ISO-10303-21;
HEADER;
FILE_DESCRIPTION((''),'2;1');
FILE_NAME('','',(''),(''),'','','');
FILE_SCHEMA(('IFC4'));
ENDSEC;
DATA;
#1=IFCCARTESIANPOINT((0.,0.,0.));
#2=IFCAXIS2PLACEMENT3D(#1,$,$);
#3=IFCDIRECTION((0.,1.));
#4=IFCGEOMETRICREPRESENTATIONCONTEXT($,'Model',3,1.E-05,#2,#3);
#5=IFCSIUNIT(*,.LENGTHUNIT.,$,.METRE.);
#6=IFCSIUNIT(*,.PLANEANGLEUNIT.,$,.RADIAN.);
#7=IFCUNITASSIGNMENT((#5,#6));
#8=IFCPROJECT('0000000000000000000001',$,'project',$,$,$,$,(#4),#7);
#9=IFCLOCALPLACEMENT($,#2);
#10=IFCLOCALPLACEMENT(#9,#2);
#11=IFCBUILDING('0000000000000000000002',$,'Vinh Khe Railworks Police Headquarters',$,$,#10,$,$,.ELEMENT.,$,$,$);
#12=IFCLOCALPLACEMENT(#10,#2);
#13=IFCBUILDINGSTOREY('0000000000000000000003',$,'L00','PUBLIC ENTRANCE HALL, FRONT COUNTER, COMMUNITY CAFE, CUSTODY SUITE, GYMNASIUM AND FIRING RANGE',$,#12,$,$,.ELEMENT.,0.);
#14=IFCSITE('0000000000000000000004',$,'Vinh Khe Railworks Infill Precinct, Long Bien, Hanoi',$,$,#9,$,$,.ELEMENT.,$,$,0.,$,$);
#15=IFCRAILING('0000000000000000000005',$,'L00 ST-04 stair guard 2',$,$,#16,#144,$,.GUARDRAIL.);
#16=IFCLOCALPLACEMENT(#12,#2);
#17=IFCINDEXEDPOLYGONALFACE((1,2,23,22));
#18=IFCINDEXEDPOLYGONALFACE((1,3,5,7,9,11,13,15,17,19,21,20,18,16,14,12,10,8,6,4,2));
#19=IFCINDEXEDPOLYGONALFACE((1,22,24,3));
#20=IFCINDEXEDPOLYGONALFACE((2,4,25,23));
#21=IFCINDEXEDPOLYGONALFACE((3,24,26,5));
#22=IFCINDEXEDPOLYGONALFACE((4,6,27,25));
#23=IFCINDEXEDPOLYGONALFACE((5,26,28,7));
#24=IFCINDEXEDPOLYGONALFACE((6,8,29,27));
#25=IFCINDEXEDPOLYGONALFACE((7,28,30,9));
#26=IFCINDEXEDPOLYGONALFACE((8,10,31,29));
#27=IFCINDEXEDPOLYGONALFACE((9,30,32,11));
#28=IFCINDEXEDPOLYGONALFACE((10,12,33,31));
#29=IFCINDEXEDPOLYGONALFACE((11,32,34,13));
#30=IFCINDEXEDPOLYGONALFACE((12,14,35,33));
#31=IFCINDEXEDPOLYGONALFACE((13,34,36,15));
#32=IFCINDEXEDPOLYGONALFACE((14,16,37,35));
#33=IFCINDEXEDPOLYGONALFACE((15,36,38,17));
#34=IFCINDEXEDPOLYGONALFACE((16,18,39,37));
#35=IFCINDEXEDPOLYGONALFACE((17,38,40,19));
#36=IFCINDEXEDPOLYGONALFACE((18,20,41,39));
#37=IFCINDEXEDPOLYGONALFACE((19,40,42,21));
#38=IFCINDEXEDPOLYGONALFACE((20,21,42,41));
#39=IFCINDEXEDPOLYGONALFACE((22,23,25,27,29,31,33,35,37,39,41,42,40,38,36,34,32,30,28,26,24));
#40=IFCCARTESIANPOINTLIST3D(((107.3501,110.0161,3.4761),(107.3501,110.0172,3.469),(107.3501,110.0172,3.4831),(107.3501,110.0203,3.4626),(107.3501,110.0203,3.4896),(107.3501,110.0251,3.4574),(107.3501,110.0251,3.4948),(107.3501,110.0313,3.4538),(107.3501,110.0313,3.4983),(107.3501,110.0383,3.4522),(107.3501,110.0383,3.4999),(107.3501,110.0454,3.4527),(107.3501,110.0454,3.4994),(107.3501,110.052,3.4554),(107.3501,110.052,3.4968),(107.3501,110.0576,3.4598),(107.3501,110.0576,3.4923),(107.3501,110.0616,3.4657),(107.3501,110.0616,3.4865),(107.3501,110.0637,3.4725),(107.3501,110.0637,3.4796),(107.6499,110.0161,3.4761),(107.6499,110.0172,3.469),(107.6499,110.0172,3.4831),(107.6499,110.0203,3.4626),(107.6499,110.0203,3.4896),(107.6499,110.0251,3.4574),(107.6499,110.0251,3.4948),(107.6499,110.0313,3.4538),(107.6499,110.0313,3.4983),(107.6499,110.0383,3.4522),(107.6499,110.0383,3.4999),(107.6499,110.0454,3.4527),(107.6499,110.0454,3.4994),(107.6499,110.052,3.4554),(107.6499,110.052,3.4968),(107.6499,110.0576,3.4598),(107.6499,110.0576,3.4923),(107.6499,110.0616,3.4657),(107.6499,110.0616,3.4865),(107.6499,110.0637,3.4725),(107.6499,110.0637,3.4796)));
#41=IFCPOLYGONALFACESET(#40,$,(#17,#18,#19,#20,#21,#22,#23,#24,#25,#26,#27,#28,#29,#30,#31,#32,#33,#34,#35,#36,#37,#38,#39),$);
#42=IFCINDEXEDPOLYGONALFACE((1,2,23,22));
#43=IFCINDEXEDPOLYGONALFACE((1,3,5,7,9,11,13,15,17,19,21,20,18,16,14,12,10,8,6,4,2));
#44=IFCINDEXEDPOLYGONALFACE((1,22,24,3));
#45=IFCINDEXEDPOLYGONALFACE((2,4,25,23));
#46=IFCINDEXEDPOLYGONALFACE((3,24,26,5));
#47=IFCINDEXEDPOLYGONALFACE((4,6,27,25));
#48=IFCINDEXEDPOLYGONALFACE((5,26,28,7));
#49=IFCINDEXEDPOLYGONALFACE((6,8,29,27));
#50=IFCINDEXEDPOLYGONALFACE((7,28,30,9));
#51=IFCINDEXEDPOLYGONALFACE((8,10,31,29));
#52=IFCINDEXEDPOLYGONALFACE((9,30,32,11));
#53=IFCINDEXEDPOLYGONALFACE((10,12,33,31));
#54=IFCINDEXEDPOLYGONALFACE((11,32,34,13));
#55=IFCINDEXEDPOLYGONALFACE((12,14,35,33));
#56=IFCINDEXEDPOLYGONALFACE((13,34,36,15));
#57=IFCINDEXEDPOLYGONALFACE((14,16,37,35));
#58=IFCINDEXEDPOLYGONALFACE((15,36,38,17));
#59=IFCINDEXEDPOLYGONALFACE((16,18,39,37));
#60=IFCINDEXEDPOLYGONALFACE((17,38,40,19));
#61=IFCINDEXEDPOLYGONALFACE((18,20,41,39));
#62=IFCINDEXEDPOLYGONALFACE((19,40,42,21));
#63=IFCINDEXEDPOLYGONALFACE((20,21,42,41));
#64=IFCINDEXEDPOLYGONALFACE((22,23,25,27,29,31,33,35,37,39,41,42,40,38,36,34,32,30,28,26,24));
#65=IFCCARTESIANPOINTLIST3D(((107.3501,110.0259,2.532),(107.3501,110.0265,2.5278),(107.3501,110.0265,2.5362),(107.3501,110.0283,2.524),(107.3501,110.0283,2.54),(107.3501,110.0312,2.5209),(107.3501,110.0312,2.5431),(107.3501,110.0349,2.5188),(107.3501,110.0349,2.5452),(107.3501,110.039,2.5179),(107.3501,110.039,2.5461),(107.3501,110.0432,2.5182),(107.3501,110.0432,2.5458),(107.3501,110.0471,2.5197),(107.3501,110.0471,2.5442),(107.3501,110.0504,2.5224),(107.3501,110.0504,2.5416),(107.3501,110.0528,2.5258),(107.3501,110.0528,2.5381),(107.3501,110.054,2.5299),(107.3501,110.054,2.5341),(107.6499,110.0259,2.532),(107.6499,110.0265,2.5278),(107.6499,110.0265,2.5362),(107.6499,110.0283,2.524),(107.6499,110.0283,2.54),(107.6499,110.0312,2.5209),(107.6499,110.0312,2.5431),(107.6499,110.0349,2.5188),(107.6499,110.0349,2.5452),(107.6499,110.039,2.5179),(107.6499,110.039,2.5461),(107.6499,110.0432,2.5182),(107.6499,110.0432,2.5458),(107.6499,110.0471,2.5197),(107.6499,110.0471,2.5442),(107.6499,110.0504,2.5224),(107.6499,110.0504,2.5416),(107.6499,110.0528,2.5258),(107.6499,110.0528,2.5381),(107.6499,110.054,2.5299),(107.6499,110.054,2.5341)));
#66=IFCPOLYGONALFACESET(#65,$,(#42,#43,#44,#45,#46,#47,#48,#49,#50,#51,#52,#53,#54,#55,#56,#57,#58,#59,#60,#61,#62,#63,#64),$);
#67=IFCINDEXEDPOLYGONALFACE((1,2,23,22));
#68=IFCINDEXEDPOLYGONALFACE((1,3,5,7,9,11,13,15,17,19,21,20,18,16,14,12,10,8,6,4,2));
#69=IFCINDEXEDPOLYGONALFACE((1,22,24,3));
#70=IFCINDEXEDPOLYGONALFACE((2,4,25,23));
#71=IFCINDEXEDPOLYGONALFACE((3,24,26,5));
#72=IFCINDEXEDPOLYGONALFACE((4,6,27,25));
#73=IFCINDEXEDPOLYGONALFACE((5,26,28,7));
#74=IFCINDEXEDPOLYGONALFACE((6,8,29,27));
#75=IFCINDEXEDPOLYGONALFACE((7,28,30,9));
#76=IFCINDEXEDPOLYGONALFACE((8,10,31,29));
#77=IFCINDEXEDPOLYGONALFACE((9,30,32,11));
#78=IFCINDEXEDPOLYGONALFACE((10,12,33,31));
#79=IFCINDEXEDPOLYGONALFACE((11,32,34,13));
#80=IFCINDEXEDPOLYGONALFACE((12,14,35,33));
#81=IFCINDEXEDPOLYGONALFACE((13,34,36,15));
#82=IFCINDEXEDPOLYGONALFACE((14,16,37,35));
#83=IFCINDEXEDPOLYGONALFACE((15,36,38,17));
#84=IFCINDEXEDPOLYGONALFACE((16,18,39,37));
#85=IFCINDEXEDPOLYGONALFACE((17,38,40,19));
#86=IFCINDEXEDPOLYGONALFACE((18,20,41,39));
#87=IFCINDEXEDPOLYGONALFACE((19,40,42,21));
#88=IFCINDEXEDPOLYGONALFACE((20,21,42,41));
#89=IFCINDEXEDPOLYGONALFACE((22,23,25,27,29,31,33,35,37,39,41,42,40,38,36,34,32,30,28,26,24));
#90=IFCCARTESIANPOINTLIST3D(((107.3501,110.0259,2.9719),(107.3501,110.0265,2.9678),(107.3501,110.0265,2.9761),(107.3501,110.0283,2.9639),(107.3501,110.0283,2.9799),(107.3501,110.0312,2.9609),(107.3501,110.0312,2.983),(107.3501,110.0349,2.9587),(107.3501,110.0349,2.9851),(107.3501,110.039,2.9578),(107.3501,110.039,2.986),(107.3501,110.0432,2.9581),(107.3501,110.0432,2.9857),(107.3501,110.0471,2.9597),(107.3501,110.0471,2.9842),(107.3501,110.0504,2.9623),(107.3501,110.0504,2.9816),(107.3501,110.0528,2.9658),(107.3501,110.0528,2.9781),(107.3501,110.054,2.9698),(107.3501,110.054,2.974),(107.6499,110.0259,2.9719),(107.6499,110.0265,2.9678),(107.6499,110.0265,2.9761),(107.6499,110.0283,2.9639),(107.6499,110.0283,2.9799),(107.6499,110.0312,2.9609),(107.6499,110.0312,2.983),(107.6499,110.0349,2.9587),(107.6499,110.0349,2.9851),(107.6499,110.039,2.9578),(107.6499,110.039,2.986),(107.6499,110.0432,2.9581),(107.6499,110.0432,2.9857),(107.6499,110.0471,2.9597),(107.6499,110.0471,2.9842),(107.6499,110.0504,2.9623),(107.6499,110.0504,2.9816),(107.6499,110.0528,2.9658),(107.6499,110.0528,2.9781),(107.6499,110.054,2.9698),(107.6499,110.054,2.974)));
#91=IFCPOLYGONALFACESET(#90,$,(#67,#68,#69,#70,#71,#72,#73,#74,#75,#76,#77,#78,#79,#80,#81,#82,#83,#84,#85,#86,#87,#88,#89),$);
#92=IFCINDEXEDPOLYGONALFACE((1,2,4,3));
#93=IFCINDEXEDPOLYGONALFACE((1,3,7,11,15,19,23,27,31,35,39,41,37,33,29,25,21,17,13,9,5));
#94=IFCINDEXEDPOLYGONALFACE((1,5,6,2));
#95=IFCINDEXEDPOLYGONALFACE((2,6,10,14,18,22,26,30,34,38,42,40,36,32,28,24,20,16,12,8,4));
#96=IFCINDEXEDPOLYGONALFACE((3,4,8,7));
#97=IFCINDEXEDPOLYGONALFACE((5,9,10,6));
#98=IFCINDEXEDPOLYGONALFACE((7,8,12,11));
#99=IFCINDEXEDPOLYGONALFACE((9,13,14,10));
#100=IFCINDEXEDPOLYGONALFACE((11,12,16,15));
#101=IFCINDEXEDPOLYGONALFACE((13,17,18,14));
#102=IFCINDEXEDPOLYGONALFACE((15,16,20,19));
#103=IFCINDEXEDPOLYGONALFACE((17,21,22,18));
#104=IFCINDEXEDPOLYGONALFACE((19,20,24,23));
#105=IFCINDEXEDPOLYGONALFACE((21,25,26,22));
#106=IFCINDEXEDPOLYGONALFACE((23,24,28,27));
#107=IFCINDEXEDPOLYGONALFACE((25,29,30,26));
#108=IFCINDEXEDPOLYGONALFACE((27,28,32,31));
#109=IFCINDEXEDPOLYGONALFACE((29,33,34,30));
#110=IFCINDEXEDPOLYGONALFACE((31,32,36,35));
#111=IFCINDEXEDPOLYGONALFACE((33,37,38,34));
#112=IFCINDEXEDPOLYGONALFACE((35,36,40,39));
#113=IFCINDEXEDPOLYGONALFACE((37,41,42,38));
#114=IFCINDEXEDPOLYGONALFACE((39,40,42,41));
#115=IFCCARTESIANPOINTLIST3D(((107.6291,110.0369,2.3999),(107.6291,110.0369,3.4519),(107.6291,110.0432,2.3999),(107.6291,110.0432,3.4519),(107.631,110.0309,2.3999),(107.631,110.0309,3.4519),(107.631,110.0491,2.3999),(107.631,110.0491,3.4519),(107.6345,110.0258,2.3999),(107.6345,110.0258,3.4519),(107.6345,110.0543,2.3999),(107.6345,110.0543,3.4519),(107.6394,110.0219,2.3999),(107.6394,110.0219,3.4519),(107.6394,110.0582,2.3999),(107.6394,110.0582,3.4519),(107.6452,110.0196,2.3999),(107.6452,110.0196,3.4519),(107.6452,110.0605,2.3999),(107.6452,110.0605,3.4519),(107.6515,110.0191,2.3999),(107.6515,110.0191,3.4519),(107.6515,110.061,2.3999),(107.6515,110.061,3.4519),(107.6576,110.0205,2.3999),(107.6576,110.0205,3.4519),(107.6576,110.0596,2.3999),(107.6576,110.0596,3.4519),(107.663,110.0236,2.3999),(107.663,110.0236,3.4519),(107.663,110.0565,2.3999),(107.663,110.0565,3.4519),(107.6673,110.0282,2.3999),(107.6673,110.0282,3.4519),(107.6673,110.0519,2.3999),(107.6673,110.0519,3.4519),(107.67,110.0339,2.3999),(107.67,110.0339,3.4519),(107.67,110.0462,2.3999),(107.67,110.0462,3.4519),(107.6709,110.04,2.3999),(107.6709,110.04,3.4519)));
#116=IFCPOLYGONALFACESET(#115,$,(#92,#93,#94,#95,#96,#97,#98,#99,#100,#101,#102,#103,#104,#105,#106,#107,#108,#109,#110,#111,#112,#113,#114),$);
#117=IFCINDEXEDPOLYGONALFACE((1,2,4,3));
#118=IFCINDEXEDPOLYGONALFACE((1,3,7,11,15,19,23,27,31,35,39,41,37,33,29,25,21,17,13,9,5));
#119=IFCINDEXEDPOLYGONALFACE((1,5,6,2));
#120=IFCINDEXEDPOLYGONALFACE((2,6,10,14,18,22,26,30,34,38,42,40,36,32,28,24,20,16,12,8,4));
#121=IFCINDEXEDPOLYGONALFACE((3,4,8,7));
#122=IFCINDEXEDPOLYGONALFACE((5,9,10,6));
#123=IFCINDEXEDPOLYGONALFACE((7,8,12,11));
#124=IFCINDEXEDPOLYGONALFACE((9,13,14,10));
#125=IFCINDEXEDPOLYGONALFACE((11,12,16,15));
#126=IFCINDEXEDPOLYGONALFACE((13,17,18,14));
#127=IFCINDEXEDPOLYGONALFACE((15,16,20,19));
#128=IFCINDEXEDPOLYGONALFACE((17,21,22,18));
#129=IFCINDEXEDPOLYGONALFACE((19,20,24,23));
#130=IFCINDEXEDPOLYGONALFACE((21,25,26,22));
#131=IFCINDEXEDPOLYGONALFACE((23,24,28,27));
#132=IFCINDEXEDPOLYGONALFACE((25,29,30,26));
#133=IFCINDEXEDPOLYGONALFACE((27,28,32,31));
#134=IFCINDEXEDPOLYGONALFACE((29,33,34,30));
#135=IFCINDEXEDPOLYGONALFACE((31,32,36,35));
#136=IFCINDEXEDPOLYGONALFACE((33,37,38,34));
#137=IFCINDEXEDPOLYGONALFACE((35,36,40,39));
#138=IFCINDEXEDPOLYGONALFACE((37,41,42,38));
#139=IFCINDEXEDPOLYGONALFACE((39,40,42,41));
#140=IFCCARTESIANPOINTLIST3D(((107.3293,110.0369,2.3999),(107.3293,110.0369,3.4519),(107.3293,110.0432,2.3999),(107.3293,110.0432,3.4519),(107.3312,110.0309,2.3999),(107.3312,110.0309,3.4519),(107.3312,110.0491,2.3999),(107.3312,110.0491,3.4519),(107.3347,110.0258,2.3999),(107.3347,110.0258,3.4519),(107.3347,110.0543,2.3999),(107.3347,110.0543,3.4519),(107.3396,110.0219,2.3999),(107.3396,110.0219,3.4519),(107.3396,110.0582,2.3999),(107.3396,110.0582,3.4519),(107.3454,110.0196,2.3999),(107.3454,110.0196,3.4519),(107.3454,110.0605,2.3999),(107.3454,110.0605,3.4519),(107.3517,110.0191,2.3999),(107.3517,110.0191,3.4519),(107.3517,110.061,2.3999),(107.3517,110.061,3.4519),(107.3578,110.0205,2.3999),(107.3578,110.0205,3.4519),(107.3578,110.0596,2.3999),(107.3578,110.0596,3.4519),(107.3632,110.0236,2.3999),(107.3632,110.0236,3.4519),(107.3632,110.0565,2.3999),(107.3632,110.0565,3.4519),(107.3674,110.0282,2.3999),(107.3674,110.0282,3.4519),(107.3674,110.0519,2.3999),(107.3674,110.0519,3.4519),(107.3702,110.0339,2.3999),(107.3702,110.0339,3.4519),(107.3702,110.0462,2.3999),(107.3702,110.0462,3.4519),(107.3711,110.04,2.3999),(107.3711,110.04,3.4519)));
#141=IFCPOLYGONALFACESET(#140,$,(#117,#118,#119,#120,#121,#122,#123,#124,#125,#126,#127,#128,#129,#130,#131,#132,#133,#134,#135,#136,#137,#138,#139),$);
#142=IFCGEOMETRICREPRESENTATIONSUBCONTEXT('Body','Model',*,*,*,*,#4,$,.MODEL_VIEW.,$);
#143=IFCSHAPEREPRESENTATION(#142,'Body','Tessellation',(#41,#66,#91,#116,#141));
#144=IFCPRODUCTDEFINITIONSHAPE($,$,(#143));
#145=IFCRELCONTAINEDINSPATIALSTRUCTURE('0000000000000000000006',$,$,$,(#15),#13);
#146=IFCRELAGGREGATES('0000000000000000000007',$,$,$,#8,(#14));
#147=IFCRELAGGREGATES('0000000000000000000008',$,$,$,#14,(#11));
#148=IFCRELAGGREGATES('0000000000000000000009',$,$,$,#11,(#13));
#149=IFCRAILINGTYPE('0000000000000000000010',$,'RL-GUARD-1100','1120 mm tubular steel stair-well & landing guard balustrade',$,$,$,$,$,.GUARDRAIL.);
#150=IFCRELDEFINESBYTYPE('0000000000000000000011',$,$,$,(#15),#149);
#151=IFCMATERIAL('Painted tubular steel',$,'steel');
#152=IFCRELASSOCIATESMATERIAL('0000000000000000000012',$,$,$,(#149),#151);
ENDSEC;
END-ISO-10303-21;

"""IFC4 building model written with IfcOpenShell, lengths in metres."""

from ifc_helpers import new_model, si_unit, direction, frame, origin, origin_2d, place, context, subcontext, project, spatial, circle, extrude, material, type_object, element, save


model = new_model("IFC4")

# Units and contexts
model_context = context("Model", 3, precision=1e-05, world=origin(), true_north=direction((0.0, 1.0)))
body_context = subcontext(model_context, "Body", "Model", "MODEL_VIEW")
ifc_project = project(units=[si_unit("LENGTHUNIT", "METRE"), si_unit("PLANEANGLEUNIT", "RADIAN")], contexts=[model_context])

# Site, building, storey
site_placement = place(None, origin())
site = spatial("IfcSite", under=ifc_project, at=site_placement, Name="Vinh Khe Railworks Infill Precinct, Long Bien, Hanoi", CompositionType="ELEMENT", RefElevation=0.0)
building_placement = place(site_placement, origin())
building = spatial("IfcBuilding", under=site, at=building_placement, Name="Vinh Khe Railworks Police Headquarters", CompositionType="ELEMENT")
storey_placement = place(building_placement, origin())
storey = spatial("IfcBuildingStorey", under=building, at=storey_placement, Name="L00", Description="PUBLIC ENTRANCE HALL, FRONT COUNTER, COMMUNITY CAFE, CUSTODY SUITE, GYMNASIUM AND FIRING RANGE", CompositionType="ELEMENT", Elevation=0.0)

# Railing
ifc_material_1 = material(Name="Painted tubular steel", Category="steel")
railing_type_1 = type_object("IfcRailingType", Name="RL-GUARD-1100", Description="1120 mm tubular steel stair-well & landing guard balustrade", PredefinedType="GUARDRAIL", material=ifc_material_1)
railing_1_placement = place(storey_placement, frame((107.6499, 110.04, 2.3999)))
element("IfcRailing", 1, at=railing_1_placement, inside=storey, type_object=railing_type_1, Name="L00 ST-04 stair guard 2", PredefinedType="GUARDRAIL", context=body_context, shape_type="SweptSolid", body=[
    extrude(circle(Radius=0.0239, at=origin_2d()), frame((0.0, 0.0, 1.0762), z_axis=(-1.0, 0.0, 0.0), x_axis=(0.0, -1.0, 0.0)), (0.0, 0.0, 1.0), 0.2998),
    extrude(circle(Radius=0.0142, at=origin_2d()), frame((0.0, 0.0, 0.1321), z_axis=(-1.0, 0.0, 0.0), x_axis=(0.0, -1.0, 0.0)), (0.0, 0.0, 1.0), 0.2998),
    extrude(circle(Radius=0.0142, at=origin_2d()), frame((0.0, 0.0, 0.572), z_axis=(-1.0, 0.0, 0.0), x_axis=(0.0, -1.0, 0.0)), (0.0, 0.0, 1.0), 0.2998),
    extrude(circle(Radius=0.021, at=origin_2d()), origin(), (0.0, 0.0, 1.0), 1.052),
    extrude(circle(Radius=0.021, at=origin_2d()), frame((-0.2998, 0.0, 0.0)), (0.0, 0.0, 1.0), 1.052),
])

save(model, "model.ifc")
